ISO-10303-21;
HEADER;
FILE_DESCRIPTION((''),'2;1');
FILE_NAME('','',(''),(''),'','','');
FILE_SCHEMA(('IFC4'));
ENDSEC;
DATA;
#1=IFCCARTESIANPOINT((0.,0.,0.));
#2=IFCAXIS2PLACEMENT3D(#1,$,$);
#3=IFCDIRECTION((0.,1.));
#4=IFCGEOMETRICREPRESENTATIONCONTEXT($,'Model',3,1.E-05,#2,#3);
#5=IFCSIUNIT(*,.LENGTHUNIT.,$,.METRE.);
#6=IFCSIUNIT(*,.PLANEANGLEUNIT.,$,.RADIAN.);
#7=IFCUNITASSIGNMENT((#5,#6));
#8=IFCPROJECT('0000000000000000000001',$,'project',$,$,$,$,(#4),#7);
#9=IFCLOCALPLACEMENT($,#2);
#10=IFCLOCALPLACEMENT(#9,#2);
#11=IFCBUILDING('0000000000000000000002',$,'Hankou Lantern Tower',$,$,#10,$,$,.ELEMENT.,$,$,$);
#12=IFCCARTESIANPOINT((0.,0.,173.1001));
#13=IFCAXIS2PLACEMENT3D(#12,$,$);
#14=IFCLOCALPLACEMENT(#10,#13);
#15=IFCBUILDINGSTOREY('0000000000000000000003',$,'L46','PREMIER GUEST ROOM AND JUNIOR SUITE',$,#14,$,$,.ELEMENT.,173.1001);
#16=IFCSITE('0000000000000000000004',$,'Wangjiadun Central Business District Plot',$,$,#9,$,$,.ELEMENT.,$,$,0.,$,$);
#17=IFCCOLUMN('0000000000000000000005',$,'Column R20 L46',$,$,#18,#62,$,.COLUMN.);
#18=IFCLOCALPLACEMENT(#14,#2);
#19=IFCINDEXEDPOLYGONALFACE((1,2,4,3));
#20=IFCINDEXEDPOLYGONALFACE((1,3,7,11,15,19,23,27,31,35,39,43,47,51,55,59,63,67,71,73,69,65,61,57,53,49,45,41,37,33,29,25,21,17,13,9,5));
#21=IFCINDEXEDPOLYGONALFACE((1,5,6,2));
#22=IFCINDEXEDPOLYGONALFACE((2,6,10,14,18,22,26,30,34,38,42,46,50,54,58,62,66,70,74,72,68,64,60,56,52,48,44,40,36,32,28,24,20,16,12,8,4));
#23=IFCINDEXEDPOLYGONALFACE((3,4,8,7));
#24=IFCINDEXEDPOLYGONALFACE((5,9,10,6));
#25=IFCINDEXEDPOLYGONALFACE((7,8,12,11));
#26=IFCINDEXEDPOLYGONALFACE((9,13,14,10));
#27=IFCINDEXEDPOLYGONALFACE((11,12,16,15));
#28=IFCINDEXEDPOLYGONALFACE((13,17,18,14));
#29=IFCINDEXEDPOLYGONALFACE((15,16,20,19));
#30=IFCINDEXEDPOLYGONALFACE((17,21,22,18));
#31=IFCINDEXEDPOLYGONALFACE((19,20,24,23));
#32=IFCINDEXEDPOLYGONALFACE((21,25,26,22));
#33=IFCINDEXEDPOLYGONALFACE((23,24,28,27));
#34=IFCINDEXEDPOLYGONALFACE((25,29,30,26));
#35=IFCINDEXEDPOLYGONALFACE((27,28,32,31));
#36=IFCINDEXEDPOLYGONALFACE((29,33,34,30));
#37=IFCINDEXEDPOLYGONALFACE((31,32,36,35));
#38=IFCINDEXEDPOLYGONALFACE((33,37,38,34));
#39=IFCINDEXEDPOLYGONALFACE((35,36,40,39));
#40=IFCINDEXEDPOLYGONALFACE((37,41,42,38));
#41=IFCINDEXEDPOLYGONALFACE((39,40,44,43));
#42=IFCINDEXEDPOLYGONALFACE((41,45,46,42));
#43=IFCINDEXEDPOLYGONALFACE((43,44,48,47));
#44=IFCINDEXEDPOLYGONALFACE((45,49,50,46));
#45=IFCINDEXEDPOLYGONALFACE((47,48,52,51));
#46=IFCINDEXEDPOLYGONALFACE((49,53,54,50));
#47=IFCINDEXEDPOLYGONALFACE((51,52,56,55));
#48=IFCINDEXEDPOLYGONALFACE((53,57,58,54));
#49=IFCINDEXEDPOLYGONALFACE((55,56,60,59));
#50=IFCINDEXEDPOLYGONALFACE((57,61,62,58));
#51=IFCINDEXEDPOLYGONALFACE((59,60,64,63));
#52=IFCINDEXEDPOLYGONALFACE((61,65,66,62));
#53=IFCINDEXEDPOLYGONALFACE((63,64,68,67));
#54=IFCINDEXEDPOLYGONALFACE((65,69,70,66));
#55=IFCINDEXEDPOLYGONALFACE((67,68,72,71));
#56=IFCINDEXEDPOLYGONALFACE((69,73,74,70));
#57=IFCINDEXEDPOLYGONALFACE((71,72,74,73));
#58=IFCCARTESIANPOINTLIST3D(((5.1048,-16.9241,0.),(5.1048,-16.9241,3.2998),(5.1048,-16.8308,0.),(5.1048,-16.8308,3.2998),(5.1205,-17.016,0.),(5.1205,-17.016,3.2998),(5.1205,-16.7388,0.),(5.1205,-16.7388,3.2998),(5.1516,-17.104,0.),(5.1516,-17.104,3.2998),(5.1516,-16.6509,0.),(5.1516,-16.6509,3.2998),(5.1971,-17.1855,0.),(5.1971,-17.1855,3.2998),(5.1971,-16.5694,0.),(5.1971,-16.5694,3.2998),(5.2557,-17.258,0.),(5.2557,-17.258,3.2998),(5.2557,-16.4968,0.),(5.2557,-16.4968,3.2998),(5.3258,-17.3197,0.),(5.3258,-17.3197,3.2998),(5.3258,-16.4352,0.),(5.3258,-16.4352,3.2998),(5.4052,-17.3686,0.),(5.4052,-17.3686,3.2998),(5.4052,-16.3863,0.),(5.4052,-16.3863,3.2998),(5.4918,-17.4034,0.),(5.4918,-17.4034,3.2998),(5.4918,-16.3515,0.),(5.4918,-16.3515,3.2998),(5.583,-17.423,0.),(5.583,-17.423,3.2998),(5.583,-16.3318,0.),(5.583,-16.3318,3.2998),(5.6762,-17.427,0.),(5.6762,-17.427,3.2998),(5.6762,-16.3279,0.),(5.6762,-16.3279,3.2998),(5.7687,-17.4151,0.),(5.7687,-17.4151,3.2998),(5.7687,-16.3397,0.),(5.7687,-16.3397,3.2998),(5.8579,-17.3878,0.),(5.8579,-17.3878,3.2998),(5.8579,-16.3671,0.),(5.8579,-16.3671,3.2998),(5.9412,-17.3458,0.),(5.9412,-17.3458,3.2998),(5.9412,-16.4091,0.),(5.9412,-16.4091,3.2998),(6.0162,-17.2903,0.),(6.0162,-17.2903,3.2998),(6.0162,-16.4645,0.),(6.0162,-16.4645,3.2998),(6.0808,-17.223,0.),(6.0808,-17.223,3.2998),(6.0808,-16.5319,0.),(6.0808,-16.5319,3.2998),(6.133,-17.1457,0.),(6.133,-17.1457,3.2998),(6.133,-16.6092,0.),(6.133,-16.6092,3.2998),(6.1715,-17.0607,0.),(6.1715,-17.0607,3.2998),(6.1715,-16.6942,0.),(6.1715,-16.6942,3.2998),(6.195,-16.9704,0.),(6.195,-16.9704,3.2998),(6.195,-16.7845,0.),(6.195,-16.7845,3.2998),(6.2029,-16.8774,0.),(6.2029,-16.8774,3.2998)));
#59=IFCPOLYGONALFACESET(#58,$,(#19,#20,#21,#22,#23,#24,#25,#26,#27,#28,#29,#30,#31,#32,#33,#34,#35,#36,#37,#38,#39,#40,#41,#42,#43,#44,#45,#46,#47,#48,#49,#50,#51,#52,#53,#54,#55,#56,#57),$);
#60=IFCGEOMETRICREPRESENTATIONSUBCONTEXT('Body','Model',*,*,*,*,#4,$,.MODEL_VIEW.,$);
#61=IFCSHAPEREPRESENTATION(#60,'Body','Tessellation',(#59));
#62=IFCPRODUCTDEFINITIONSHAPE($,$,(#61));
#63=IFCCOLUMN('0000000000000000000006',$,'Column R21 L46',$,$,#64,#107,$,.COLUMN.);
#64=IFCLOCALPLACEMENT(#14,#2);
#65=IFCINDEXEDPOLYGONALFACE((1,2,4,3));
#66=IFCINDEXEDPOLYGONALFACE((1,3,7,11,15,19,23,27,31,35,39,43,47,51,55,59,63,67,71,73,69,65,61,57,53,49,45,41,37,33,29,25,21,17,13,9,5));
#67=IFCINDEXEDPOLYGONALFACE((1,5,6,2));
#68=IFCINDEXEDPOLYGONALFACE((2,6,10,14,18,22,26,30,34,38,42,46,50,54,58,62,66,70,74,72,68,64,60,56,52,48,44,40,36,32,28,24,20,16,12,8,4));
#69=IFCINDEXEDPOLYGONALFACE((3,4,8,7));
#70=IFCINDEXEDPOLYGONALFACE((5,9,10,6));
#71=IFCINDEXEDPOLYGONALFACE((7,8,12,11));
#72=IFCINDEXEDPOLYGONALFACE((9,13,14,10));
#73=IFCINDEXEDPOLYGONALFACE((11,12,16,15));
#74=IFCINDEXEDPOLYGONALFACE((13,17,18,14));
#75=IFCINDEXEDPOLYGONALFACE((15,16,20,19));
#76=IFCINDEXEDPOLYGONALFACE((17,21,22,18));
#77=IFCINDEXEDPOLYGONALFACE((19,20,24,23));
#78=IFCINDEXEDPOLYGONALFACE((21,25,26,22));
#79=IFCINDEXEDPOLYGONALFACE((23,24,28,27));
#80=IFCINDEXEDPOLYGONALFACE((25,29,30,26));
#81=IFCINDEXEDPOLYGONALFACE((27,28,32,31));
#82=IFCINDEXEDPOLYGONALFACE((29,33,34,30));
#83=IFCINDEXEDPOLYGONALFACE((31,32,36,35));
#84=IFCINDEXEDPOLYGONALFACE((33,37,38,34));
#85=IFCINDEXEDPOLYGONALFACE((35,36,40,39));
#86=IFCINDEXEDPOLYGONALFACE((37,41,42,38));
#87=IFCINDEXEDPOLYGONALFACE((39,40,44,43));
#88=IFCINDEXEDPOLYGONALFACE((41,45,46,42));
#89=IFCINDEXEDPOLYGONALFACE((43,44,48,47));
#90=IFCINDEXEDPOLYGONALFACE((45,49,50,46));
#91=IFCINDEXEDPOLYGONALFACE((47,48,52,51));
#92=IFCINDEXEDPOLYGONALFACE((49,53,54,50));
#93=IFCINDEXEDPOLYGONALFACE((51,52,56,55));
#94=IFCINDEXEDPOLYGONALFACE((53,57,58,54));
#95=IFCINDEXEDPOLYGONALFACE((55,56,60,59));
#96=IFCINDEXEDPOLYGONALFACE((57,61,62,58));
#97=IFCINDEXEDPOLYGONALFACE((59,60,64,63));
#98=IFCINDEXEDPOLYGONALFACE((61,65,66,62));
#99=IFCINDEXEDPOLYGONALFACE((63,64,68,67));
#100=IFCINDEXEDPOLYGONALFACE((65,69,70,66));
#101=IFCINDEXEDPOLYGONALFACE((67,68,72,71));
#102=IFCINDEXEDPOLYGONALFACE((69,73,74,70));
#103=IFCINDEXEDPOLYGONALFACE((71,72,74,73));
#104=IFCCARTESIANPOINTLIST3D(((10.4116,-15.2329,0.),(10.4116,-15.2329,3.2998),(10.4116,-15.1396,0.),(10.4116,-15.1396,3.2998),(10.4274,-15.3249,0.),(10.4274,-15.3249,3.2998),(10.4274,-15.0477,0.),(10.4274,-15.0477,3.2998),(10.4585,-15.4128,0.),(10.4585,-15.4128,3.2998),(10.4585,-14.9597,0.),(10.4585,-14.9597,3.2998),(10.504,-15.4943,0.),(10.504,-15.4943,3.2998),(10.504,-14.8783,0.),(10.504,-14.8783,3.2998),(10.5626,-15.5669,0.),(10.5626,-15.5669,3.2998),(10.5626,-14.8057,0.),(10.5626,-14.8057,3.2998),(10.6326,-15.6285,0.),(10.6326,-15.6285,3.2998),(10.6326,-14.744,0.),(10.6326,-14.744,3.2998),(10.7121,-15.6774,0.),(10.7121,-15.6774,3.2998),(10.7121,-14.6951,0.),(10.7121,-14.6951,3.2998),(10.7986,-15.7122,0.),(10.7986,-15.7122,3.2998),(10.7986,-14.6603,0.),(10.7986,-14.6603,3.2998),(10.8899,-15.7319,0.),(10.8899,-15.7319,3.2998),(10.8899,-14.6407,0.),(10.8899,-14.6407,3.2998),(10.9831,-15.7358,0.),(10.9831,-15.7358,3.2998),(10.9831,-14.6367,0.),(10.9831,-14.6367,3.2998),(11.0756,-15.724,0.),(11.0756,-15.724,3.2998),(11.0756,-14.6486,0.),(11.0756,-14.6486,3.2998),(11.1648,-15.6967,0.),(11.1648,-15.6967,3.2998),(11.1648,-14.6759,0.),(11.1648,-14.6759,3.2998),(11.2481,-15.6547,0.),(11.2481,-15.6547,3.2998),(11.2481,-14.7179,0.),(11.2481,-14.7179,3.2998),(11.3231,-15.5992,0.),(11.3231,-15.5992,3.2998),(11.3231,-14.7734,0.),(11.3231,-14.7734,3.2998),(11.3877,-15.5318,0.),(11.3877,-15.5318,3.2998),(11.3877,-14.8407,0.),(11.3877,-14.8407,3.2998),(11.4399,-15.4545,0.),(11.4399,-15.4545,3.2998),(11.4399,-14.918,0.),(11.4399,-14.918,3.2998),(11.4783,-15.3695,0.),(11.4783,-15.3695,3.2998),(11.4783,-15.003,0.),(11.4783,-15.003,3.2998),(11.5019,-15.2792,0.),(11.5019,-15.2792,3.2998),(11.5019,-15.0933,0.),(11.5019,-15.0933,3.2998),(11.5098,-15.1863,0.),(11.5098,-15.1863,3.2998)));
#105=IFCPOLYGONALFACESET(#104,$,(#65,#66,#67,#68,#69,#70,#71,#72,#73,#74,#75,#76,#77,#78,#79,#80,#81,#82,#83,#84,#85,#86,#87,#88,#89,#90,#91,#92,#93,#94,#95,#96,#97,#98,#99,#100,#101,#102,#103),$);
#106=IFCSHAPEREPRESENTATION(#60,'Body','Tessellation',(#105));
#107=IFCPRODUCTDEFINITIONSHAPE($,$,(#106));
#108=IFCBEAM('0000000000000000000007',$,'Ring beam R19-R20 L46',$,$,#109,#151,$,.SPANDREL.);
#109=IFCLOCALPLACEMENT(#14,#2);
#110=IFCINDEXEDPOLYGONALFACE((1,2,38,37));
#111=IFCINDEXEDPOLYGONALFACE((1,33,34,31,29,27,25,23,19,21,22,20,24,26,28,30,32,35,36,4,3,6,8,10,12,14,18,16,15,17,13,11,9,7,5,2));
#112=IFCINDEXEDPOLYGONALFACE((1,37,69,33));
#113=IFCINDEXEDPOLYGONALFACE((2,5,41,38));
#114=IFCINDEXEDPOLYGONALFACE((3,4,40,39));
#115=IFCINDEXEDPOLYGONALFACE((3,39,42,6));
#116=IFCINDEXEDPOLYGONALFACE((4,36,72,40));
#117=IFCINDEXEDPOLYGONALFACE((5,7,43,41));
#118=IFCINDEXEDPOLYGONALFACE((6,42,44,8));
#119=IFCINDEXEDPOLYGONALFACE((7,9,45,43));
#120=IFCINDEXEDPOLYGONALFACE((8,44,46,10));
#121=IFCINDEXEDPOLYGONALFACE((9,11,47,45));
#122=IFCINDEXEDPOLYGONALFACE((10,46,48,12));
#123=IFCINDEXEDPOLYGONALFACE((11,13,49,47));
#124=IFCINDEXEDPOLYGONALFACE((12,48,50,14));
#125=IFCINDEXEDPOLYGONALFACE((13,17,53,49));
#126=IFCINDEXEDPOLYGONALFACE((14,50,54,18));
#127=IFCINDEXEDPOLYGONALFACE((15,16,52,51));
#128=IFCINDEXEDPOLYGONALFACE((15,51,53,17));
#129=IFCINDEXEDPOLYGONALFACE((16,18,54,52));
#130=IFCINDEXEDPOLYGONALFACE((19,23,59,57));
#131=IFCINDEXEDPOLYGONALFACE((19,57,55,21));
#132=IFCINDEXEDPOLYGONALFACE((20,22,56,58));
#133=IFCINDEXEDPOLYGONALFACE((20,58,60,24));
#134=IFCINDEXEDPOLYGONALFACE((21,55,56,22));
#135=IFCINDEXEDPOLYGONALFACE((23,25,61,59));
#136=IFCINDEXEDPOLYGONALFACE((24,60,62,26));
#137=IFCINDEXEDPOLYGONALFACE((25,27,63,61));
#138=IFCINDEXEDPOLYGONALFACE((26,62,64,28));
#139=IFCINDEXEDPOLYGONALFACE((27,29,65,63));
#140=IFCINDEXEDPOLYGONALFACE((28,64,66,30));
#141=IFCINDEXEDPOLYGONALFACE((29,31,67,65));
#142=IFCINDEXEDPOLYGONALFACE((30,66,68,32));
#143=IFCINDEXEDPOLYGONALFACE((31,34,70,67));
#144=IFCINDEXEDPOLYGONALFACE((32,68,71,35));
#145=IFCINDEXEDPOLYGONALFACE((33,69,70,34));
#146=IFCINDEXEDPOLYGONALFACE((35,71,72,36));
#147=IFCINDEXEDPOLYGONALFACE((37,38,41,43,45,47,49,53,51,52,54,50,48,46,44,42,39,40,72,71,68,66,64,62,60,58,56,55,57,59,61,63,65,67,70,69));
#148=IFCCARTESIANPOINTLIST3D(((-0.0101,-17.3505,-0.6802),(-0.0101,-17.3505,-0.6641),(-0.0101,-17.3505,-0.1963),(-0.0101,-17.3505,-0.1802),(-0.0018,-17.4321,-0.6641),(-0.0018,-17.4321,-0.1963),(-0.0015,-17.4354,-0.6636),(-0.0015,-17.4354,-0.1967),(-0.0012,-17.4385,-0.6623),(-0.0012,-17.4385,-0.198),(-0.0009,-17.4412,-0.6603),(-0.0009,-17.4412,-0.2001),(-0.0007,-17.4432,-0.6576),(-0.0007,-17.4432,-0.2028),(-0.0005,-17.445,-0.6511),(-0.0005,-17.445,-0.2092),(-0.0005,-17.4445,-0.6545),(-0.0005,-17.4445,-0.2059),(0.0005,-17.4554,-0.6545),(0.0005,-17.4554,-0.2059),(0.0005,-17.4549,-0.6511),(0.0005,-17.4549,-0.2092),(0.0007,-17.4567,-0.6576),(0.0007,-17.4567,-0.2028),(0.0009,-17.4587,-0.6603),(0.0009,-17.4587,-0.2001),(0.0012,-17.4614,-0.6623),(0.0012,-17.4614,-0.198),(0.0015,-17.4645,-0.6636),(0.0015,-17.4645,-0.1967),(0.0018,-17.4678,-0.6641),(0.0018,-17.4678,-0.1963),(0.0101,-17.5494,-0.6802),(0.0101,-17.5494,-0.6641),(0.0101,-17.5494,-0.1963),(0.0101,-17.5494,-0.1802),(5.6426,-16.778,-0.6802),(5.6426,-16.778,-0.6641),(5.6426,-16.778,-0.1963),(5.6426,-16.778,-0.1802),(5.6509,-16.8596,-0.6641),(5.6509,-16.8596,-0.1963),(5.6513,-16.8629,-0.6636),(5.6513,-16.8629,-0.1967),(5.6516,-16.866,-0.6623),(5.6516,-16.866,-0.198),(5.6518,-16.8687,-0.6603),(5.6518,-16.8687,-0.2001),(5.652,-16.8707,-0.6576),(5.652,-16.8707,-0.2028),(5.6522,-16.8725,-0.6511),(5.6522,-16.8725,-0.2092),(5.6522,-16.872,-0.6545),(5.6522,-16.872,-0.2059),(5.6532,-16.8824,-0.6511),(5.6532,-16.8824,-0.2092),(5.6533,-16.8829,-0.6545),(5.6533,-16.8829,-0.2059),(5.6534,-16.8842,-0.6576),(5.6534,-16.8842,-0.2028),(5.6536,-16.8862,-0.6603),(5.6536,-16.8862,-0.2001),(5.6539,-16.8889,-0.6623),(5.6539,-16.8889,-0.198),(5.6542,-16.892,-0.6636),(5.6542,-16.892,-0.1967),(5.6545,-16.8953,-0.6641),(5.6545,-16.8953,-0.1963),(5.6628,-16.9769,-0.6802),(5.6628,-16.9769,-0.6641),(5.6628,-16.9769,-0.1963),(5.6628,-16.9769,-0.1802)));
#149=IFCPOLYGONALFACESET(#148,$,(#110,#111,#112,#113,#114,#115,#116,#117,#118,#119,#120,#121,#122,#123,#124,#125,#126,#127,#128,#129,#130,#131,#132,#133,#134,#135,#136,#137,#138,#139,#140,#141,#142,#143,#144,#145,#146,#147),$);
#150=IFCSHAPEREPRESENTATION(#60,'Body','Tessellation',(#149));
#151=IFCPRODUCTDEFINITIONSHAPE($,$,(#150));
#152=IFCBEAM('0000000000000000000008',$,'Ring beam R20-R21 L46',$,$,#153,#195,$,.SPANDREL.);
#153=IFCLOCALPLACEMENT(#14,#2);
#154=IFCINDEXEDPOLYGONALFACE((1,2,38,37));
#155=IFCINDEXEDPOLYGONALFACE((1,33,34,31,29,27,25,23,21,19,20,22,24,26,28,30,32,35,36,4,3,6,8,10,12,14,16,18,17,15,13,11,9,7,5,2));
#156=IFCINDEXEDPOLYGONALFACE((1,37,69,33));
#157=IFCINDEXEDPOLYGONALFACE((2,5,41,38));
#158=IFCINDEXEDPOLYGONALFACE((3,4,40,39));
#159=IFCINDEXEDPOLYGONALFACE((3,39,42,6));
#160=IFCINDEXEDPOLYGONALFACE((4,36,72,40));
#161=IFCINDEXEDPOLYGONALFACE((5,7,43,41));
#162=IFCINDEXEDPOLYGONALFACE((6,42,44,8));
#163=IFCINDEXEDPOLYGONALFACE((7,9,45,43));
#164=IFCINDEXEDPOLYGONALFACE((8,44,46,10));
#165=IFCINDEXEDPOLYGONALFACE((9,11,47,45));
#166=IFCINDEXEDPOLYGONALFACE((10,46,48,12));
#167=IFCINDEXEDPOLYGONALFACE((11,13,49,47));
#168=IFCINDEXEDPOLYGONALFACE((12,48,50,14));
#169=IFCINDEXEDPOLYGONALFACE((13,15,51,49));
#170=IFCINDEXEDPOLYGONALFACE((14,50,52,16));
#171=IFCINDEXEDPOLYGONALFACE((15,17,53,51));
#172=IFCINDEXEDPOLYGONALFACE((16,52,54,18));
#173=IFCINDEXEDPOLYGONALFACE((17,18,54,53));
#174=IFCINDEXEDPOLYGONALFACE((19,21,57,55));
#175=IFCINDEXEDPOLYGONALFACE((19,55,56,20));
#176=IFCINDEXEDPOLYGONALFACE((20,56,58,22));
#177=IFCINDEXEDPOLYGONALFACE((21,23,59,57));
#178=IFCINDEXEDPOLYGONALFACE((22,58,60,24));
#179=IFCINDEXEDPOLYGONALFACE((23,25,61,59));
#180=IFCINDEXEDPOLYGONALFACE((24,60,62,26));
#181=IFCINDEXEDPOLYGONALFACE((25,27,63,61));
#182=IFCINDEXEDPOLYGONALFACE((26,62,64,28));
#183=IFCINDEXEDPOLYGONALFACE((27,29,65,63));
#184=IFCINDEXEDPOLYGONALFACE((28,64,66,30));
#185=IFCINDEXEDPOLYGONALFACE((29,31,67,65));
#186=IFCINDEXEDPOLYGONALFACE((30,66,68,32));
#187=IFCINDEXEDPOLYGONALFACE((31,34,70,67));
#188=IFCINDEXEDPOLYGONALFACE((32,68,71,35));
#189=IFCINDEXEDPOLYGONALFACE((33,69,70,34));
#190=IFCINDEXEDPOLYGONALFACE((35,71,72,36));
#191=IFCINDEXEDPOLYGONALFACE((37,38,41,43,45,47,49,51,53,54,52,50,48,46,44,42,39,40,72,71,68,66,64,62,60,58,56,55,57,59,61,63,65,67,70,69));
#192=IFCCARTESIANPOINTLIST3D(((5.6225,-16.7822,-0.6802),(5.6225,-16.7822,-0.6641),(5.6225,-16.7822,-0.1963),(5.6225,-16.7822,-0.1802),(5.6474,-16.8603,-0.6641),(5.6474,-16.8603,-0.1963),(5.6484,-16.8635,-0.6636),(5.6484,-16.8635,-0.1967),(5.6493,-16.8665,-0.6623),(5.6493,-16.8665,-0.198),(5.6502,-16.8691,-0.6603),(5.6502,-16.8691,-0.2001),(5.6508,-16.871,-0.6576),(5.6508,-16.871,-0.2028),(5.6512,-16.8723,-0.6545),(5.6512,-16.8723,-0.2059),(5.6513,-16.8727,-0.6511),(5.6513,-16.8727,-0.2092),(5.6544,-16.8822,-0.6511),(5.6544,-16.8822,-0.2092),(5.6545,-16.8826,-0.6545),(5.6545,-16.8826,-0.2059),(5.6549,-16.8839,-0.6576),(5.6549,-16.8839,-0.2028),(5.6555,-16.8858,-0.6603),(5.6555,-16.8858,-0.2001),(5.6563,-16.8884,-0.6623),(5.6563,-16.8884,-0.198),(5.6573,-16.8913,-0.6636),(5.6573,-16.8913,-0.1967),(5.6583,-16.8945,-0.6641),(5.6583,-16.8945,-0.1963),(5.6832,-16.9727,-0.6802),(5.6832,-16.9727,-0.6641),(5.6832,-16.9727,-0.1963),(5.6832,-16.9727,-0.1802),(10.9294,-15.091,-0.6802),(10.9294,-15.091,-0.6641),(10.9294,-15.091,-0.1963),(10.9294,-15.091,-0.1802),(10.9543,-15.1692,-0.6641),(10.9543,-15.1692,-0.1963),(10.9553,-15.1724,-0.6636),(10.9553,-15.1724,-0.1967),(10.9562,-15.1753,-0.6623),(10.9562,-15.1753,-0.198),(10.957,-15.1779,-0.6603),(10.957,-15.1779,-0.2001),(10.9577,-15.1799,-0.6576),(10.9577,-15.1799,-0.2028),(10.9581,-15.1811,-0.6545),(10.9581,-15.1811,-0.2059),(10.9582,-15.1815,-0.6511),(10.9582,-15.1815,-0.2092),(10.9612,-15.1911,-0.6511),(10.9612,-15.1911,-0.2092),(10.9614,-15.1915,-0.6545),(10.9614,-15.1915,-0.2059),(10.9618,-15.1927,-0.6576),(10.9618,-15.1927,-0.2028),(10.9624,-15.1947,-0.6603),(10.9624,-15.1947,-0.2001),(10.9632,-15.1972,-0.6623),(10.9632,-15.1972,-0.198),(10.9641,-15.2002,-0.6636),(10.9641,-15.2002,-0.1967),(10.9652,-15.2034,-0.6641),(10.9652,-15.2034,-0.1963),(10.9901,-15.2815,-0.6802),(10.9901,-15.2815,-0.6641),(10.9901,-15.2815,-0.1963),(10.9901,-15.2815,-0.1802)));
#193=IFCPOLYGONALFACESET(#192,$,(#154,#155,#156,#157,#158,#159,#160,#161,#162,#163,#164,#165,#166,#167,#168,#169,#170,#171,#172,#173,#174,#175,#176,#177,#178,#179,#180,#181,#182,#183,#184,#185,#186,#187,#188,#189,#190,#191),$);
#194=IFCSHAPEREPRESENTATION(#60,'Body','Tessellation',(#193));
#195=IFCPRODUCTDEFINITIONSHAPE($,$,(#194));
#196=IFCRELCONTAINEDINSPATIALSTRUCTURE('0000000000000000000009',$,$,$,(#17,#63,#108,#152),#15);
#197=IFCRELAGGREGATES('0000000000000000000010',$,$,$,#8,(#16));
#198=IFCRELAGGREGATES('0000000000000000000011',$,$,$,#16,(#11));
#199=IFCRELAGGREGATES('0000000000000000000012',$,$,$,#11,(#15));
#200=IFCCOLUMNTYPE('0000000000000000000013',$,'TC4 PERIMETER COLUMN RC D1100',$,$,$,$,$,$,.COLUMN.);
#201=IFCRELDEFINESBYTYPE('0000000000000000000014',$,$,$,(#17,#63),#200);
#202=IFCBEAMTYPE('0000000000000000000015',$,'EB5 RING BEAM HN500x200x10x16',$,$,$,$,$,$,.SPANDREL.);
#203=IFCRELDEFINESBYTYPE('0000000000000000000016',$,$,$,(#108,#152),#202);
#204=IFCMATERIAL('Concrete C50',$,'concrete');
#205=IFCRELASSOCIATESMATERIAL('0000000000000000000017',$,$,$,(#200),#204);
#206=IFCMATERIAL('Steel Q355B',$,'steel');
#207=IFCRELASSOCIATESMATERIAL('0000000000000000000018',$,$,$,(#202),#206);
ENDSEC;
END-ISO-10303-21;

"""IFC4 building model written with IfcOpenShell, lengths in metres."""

from ifc_helpers import new_model, si_unit, direction, frame, origin, origin_2d, place, context, subcontext, project, spatial, circle, i_section, extrude, material, material_profile, profile_set, type_object, element, save


model = new_model("IFC4")

# Units and contexts
model_context = context("Model", 3, precision=1e-05, world=origin(), true_north=direction((0.0, 1.0)))
body_context = subcontext(model_context, "Body", "Model", "MODEL_VIEW")
ifc_project = project(units=[si_unit("LENGTHUNIT", "METRE"), si_unit("PLANEANGLEUNIT", "RADIAN")], contexts=[model_context])

# Site, building, storey
site_placement = place(None, origin())
site = spatial("IfcSite", under=ifc_project, at=site_placement, Name="Wangjiadun Central Business District Plot", CompositionType="ELEMENT", RefElevation=0.0)
building_placement = place(site_placement, origin())
building = spatial("IfcBuilding", under=site, at=building_placement, Name="Hankou Lantern Tower", CompositionType="ELEMENT")
storey_placement = place(building_placement, frame((0.0, 0.0, 173.1001)))
storey = spatial("IfcBuildingStorey", under=building, at=storey_placement, Name="L46", Description="PREMIER GUEST ROOM AND JUNIOR SUITE", CompositionType="ELEMENT", Elevation=173.1001)

# Columns
ifc_material_1 = material(Name="Concrete C50", Category="concrete")
ifc_material_profile_1 = material_profile(ifc_material_1, circle(Radius=0.55, at=origin_2d()), Name="RC D1100")
ifc_profile_set_1 = profile_set([ifc_material_profile_1], Name="Concrete C50")
column_type = type_object("IfcColumnType", Name="TC4 PERIMETER COLUMN RC D1100", PredefinedType="COLUMN", material=ifc_profile_set_1)
for number, where, z_axis, x_axis, name in (
    (1, (5.6528, -16.8774, 0.0), (0.0, 0.0, 1.0), (1.0, 0.0, 0.0), "Column R20 L46"),
    (2, (10.9597, -15.1863, 0.0), (0.0, 0.0, 1.0), (1.0, 0.0, 0.0), "Column R21 L46"),
):
    element("IfcColumn", number, at=place(storey_placement, frame(where, z_axis=z_axis, x_axis=x_axis)), inside=storey, type_object=column_type, Name=name, PredefinedType="COLUMN", context=body_context, shape_type="SweptSolid", body=[
        extrude(circle(Radius=0.55, at=origin_2d()), origin(), (0.0, 0.0, 1.0), 3.2998),
    ])

# Beams
ifc_material_2 = material(Name="Steel Q355B", Category="steel")
ifc_material_profile_2 = material_profile(ifc_material_2, i_section(OverallWidth=0.2, OverallDepth=0.5, WebThickness=0.01, FlangeThickness=0.0161, FilletRadius=0.0129, at=origin_2d()), Name="HN500x200x10x16")
ifc_profile_set_2 = profile_set([ifc_material_profile_2], Name="Steel Q355B")
beam_type_1 = type_object("IfcBeamType", Name="EB5 RING BEAM HN500x200x10x16", PredefinedType="SPANDREL", material=ifc_profile_set_2)
beam_1_placement = place(storey_placement, frame((0.0, -17.45, -0.4302), z_axis=(0.99491, 0.100763, 0.0), x_axis=(-0.100763, 0.99491, 0.0)))
element("IfcBeam", 3, at=beam_1_placement, inside=storey, type_object=beam_type_1, Name="Ring beam R19-R20 L46", PredefinedType="SPANDREL", context=body_context, shape_type="SweptSolid", body=[
    extrude(i_section(OverallWidth=0.2, OverallDepth=0.5, WebThickness=0.01, FlangeThickness=0.0161, FilletRadius=0.0129, at=origin_2d()), origin(), (0.0, 0.0, 1.0), 5.6816),
])
beam_2_placement = place(storey_placement, frame((5.6528, -16.8774, -0.4302), z_axis=(0.95279, 0.303629, 0.0), x_axis=(-0.303629, 0.95279, 0.0)))
element("IfcBeam", 4, at=beam_2_placement, inside=storey, type_object=beam_type_1, Name="Ring beam R20-R21 L46", PredefinedType="SPANDREL", context=body_context, shape_type="SweptSolid", body=[
    extrude(i_section(OverallWidth=0.2, OverallDepth=0.5, WebThickness=0.01, FlangeThickness=0.0161, FilletRadius=0.0129, at=origin_2d()), origin(), (0.0, 0.0, 1.0), 5.5698),
])

save(model, "model.ifc")
